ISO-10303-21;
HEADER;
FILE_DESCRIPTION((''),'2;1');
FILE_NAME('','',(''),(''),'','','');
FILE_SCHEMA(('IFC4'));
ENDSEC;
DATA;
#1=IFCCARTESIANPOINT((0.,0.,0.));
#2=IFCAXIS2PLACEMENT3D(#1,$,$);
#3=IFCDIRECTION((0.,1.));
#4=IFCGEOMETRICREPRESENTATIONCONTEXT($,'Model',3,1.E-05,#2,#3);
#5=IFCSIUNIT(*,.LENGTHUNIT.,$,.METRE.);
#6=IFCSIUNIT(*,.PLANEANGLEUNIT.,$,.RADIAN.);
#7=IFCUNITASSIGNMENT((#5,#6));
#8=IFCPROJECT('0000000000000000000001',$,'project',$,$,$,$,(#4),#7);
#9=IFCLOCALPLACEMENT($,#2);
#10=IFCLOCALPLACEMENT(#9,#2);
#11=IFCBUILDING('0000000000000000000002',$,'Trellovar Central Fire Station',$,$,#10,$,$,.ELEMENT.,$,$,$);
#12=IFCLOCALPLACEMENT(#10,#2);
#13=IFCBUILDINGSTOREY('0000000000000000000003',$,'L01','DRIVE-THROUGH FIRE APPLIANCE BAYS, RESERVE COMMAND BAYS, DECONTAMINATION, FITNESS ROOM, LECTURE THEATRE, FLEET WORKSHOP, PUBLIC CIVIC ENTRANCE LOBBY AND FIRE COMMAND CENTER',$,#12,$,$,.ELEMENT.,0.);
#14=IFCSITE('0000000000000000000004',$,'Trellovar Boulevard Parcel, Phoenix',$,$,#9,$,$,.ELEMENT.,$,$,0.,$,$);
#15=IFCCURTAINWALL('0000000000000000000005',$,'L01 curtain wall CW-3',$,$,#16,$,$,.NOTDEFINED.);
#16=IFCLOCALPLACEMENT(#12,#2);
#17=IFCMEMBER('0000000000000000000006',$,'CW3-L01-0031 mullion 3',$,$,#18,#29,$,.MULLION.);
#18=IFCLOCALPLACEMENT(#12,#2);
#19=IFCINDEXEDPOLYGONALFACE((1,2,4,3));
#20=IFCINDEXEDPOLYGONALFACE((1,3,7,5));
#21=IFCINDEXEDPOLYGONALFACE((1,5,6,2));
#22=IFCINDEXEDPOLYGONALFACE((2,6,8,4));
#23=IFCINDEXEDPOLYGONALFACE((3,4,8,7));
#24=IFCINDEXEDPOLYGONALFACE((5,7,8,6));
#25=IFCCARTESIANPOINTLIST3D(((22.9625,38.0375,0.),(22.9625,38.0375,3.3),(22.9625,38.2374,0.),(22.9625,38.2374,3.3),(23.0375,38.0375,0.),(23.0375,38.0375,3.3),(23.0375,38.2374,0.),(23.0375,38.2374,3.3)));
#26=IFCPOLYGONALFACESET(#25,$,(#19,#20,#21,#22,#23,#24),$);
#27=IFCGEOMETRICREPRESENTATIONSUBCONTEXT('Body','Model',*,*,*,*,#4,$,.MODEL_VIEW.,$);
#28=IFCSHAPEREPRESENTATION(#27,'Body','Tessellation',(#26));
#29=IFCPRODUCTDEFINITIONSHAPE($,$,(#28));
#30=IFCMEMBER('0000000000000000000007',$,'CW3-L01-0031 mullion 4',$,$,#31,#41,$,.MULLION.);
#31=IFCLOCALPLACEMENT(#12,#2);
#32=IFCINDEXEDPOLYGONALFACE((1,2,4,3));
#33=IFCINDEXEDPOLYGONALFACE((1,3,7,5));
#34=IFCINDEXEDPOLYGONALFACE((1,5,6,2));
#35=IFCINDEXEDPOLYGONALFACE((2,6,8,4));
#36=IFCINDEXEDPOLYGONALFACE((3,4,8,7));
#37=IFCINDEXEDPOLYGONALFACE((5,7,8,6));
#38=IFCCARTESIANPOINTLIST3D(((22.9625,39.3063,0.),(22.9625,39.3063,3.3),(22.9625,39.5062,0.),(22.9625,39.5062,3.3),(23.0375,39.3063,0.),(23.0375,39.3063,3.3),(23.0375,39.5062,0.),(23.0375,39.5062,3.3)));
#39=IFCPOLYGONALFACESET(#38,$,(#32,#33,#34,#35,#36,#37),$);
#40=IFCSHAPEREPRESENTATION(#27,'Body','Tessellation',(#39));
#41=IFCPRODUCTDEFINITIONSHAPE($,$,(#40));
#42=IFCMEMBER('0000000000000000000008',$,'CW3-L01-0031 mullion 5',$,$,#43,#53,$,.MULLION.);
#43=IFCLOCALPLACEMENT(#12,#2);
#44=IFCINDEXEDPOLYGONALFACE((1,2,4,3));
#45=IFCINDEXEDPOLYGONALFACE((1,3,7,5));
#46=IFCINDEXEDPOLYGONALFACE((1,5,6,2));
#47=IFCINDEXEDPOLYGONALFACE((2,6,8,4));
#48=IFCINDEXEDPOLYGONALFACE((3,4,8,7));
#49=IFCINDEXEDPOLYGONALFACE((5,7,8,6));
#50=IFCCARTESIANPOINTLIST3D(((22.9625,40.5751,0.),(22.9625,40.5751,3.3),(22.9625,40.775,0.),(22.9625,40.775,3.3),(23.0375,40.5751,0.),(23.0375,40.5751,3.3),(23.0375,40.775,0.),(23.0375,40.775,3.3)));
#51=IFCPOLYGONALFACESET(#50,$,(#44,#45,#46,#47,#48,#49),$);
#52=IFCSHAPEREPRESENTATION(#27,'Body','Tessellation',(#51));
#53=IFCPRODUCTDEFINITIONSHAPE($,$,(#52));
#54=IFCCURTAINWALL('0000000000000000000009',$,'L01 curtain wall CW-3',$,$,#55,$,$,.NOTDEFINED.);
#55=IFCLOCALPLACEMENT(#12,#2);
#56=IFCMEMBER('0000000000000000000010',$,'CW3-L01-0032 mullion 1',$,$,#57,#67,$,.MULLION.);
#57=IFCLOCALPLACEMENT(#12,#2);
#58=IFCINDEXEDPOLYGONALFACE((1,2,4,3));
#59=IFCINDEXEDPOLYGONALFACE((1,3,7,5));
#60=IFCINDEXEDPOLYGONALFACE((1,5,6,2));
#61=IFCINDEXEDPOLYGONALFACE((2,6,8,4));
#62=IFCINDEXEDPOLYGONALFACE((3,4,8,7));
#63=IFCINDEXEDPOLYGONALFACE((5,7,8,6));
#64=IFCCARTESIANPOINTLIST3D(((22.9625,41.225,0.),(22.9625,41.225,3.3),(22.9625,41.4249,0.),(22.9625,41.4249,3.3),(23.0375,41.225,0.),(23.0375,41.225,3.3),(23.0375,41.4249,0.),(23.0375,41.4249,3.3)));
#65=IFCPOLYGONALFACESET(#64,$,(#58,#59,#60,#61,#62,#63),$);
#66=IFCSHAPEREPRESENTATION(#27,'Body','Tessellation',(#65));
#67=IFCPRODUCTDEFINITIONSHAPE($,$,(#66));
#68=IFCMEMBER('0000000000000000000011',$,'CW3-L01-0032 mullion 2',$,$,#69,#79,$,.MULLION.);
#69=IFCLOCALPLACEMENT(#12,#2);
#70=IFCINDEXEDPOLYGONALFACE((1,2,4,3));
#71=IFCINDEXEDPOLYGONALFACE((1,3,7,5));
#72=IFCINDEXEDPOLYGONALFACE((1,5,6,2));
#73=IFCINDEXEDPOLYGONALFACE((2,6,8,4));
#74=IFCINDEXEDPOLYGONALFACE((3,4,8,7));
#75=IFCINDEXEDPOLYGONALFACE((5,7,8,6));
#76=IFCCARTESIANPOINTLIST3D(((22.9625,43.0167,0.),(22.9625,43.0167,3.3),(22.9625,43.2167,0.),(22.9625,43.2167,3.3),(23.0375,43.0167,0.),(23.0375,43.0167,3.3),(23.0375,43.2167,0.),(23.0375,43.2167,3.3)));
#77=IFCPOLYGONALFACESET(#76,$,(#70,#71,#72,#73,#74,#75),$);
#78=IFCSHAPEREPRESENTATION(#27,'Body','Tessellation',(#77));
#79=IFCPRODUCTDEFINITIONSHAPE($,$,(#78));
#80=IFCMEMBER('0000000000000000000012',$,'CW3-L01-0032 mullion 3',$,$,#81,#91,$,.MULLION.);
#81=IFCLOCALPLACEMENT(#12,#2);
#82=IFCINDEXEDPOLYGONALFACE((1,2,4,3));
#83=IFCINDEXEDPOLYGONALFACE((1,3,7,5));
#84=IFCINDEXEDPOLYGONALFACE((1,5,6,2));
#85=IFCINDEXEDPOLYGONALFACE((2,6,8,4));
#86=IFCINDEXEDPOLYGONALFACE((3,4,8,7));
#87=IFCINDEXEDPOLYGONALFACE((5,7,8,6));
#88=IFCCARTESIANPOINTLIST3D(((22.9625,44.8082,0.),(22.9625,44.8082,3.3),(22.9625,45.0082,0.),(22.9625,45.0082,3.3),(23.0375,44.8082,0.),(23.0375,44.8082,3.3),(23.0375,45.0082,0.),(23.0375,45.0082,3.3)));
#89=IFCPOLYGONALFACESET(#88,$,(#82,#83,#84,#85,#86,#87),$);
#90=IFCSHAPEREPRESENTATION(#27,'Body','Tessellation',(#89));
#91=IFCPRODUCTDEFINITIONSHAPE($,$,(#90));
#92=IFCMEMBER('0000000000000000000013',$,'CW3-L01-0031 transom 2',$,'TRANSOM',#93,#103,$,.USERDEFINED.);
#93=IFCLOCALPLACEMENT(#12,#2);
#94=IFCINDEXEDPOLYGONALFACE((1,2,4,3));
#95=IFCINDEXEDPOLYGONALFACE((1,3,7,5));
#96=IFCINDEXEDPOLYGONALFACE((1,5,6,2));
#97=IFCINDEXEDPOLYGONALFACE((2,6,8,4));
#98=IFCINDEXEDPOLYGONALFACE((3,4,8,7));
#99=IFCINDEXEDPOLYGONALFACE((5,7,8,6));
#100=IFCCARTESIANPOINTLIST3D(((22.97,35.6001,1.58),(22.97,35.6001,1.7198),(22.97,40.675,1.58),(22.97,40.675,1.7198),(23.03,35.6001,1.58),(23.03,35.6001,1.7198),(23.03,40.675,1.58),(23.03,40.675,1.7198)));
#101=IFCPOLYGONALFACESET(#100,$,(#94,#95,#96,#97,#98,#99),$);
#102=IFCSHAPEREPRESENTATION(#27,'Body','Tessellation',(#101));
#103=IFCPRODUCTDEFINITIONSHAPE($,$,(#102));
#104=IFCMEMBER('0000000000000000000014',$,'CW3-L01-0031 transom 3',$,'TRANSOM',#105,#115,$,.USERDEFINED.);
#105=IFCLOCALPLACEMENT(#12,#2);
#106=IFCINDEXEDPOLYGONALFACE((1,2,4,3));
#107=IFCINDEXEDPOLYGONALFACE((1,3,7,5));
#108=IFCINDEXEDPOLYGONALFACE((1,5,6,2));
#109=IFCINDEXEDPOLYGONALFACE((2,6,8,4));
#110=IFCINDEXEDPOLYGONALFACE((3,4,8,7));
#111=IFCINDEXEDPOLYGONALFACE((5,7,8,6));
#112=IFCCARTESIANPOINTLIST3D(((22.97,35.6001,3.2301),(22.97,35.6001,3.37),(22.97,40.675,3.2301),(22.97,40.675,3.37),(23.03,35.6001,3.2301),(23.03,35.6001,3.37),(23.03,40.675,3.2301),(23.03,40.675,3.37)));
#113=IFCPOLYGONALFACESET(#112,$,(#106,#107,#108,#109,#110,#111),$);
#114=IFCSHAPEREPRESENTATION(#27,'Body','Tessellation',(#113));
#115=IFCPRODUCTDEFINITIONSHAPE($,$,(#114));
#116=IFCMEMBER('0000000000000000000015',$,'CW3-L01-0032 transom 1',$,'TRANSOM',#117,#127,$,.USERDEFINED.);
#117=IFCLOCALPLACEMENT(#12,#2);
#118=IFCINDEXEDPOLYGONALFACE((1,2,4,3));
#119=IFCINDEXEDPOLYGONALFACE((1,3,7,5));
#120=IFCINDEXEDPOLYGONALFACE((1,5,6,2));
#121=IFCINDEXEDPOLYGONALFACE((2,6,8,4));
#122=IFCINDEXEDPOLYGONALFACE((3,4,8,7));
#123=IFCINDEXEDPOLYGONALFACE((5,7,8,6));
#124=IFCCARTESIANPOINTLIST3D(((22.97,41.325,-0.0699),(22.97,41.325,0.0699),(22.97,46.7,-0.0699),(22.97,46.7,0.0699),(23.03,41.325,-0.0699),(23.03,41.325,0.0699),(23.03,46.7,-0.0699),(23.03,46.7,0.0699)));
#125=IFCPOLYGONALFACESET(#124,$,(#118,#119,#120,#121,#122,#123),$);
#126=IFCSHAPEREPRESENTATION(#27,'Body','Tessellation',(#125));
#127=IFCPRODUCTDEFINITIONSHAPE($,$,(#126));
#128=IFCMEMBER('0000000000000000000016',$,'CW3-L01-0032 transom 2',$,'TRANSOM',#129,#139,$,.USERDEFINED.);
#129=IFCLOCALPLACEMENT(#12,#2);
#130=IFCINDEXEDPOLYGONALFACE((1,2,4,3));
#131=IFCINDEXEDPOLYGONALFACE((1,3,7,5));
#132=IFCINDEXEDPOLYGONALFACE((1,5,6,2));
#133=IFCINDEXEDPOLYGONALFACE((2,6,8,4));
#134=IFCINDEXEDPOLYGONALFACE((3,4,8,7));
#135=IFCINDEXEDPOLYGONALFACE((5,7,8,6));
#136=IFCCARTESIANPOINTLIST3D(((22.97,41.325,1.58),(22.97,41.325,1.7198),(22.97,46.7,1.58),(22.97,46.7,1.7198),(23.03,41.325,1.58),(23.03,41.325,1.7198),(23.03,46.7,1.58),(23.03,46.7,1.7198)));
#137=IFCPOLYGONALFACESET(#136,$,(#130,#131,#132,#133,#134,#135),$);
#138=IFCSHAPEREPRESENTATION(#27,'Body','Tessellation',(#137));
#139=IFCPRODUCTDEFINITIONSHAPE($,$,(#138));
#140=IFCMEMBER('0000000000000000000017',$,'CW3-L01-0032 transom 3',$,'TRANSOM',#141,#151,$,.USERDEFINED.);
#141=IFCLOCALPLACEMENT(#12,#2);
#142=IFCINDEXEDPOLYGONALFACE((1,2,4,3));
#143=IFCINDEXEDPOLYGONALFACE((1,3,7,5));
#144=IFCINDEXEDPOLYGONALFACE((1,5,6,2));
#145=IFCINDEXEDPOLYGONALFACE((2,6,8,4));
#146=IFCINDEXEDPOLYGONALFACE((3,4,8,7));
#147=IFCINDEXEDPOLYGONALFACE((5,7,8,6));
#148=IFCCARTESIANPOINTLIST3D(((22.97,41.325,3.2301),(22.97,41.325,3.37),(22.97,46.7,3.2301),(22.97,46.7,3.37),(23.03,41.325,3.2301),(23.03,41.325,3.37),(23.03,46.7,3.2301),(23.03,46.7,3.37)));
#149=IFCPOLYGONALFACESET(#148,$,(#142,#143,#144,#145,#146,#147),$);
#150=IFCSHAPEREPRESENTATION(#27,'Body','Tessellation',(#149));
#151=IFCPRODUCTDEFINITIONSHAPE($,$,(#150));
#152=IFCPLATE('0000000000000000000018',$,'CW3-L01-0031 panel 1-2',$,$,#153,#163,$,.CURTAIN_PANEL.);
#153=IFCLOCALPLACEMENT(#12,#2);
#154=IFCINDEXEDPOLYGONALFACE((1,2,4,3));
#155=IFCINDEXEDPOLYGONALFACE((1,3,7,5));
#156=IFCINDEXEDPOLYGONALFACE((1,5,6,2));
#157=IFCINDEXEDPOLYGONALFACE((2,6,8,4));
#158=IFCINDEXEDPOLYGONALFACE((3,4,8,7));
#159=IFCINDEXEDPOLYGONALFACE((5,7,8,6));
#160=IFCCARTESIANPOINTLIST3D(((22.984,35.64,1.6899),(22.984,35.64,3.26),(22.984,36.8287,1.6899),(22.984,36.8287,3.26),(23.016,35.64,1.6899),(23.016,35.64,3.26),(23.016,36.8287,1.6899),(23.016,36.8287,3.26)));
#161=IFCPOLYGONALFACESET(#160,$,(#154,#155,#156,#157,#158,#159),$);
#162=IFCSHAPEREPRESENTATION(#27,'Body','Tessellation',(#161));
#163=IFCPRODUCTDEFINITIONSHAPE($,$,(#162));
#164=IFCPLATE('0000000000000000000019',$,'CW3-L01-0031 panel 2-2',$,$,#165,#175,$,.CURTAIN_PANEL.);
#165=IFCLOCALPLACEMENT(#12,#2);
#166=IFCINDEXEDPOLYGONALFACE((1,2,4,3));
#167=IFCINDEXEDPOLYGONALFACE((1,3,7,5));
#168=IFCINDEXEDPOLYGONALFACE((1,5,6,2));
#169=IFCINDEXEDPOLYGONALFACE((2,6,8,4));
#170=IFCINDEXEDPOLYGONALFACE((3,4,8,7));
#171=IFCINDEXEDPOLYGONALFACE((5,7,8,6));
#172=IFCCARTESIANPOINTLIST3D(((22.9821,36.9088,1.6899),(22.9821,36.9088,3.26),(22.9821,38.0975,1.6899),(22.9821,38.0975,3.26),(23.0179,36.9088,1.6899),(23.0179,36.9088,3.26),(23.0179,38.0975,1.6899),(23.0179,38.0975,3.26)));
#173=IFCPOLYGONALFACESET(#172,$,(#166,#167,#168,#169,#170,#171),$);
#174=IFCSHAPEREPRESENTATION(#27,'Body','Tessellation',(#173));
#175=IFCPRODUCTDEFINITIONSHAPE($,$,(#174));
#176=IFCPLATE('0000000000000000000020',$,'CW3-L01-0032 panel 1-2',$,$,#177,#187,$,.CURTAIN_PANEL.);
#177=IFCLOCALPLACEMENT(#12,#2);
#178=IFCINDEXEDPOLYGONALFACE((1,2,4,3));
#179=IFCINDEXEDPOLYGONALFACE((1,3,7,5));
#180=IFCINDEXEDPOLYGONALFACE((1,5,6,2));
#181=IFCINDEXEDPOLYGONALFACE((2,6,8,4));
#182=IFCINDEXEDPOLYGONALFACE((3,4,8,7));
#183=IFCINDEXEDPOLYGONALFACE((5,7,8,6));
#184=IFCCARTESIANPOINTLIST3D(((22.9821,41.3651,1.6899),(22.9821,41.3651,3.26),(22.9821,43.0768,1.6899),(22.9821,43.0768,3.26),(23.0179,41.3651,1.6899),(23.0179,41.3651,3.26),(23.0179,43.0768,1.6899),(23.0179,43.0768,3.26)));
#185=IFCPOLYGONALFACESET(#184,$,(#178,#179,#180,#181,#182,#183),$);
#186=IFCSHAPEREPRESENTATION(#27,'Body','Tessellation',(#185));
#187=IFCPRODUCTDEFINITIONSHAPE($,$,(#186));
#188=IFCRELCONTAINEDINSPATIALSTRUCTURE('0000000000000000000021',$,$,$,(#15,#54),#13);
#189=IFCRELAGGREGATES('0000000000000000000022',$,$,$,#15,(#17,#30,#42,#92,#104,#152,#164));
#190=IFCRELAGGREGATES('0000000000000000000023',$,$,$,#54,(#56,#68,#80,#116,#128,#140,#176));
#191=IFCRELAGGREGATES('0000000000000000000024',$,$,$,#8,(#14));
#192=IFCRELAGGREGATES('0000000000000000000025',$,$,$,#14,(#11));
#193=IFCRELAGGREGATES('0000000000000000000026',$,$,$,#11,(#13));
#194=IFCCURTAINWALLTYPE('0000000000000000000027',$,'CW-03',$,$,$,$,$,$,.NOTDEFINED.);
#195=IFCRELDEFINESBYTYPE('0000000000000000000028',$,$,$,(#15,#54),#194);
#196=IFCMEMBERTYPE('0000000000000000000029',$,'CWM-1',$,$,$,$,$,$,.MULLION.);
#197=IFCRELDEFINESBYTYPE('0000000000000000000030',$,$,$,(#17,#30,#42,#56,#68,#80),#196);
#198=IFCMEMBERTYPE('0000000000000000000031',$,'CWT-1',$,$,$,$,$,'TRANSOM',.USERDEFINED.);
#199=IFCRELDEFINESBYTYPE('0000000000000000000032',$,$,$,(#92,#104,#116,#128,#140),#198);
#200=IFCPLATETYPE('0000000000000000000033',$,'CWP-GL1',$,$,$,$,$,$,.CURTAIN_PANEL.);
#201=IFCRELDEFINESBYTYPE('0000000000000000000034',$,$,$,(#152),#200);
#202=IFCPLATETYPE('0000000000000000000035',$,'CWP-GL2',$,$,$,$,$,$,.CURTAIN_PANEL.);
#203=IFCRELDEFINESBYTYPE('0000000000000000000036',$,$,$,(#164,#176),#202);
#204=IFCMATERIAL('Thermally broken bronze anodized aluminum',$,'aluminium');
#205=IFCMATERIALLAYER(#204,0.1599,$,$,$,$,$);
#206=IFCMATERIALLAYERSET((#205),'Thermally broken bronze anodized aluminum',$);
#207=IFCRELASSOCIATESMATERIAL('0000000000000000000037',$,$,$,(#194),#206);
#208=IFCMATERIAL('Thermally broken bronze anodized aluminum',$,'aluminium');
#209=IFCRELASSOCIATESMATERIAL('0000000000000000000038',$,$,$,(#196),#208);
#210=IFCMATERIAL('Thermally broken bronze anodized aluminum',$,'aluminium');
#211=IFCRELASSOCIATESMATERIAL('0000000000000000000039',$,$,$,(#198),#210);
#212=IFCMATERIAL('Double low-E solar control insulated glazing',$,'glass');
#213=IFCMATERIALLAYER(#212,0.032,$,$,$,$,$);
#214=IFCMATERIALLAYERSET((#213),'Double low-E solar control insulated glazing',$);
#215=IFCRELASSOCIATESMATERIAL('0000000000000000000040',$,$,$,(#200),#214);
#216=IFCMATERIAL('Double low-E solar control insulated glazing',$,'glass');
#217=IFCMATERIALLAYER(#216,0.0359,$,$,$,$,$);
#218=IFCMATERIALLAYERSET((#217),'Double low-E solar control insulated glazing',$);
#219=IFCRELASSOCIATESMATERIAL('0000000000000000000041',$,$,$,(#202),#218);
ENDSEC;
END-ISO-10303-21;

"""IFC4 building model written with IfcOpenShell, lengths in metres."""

from ifc_helpers import new_model, si_unit, direction, frame, origin, origin_2d, place, context, subcontext, project, spatial, rectangle, extrude, material, layer, layer_set, material_profile, profile_set, type_object, element, aggregate, save


model = new_model("IFC4")

# Units and contexts
model_context = context("Model", 3, precision=1e-05, world=origin(), true_north=direction((0.0, 1.0)))
body_context = subcontext(model_context, "Body", "Model", "MODEL_VIEW")
ifc_project = project(units=[si_unit("LENGTHUNIT", "METRE"), si_unit("PLANEANGLEUNIT", "RADIAN")], contexts=[model_context])

# Site, building, storey
site_placement = place(None, origin())
site = spatial("IfcSite", under=ifc_project, at=site_placement, Name="Trellovar Boulevard Parcel, Phoenix", CompositionType="ELEMENT", RefElevation=0.0)
building_placement = place(site_placement, origin())
building = spatial("IfcBuilding", under=site, at=building_placement, Name="Trellovar Central Fire Station", CompositionType="ELEMENT")
storey_placement = place(building_placement, origin())
storey = spatial("IfcBuildingStorey", under=building, at=storey_placement, Name="L01", Description="DRIVE-THROUGH FIRE APPLIANCE BAYS, RESERVE COMMAND BAYS, DECONTAMINATION, FITNESS ROOM, LECTURE THEATRE, FLEET WORKSHOP, PUBLIC CIVIC ENTRANCE LOBBY AND FIRE COMMAND CENTER", CompositionType="ELEMENT", Elevation=0.0)

# Curtain walls, members
ifc_material_1 = material(Name="Thermally broken bronze anodized aluminum", Category="aluminium")
ifc_layer_1 = layer(ifc_material_1, 0.1599)
ifc_layer_set_1 = layer_set([ifc_layer_1], Name="Thermally broken bronze anodized aluminum")
curtain_wall_type = type_object("IfcCurtainWallType", Name="CW-03", PredefinedType="NOTDEFINED", material=ifc_layer_set_1)
curtain_wall_1_placement = place(storey_placement, origin())
curtain_wall_1 = element("IfcCurtainWall", 1, at=curtain_wall_1_placement, inside=storey, type_object=curtain_wall_type, Name="L01 curtain wall CW-3", PredefinedType="NOTDEFINED")
ifc_material_2 = material(Name="Thermally broken bronze anodized aluminum", Category="aluminium")
ifc_material_profile_1 = material_profile(ifc_material_2, rectangle(XDim=0.075, YDim=0.2, at=origin_2d()), Name="ALU75X200")
ifc_profile_set_1 = profile_set([ifc_material_profile_1], Name="Thermally broken bronze anodized aluminum")
member_type_1 = type_object("IfcMemberType", Name="CWM-1", PredefinedType="MULLION", material=ifc_profile_set_1)
member_1_placement = place(storey_placement, frame((23.0, 38.1375, 0.0), z_axis=(0.0, 0.0, 1.0), x_axis=(1.0, 0.0, 0.0)))
member_1 = element("IfcMember", 2, at=member_1_placement, type_object=member_type_1, Name="CW3-L01-0031 mullion 3", PredefinedType="MULLION", context=body_context, shape_type="SweptSolid", body=[
    extrude(rectangle(XDim=0.075, YDim=0.2, at=origin_2d()), origin(), (0.0, 0.0, 1.0), 3.3),
])
member_2_placement = place(storey_placement, frame((23.0, 39.4062, 0.0), z_axis=(0.0, 0.0, 1.0), x_axis=(1.0, 0.0, 0.0)))
member_2 = element("IfcMember", 3, at=member_2_placement, type_object=member_type_1, Name="CW3-L01-0031 mullion 4", PredefinedType="MULLION", context=body_context, shape_type="SweptSolid", body=[
    extrude(rectangle(XDim=0.075, YDim=0.2, at=origin_2d()), origin(), (0.0, 0.0, 1.0), 3.3),
])
member_3_placement = place(storey_placement, frame((23.0, 40.675, 0.0), z_axis=(0.0, 0.0, 1.0), x_axis=(1.0, 0.0, 0.0)))
member_3 = element("IfcMember", 4, at=member_3_placement, type_object=member_type_1, Name="CW3-L01-0031 mullion 5", PredefinedType="MULLION", context=body_context, shape_type="SweptSolid", body=[
    extrude(rectangle(XDim=0.075, YDim=0.2, at=origin_2d()), origin(), (0.0, 0.0, 1.0), 3.3),
])
curtain_wall_2_placement = place(storey_placement, origin())
curtain_wall_2 = element("IfcCurtainWall", 5, at=curtain_wall_2_placement, inside=storey, type_object=curtain_wall_type, Name="L01 curtain wall CW-3", PredefinedType="NOTDEFINED")
member_4_placement = place(storey_placement, frame((23.0, 41.325, 0.0), z_axis=(0.0, 0.0, 1.0), x_axis=(1.0, 0.0, 0.0)))
member_4 = element("IfcMember", 6, at=member_4_placement, type_object=member_type_1, Name="CW3-L01-0032 mullion 1", PredefinedType="MULLION", context=body_context, shape_type="SweptSolid", body=[
    extrude(rectangle(XDim=0.075, YDim=0.2, at=origin_2d()), origin(), (0.0, 0.0, 1.0), 3.3),
])
member_5_placement = place(storey_placement, frame((23.0, 43.1167, 0.0), z_axis=(0.0, 0.0, 1.0), x_axis=(1.0, 0.0, 0.0)))
member_5 = element("IfcMember", 7, at=member_5_placement, type_object=member_type_1, Name="CW3-L01-0032 mullion 2", PredefinedType="MULLION", context=body_context, shape_type="SweptSolid", body=[
    extrude(rectangle(XDim=0.075, YDim=0.2, at=origin_2d()), origin(), (0.0, 0.0, 1.0), 3.3),
])
member_6_placement = place(storey_placement, frame((23.0, 44.9082, 0.0), z_axis=(0.0, 0.0, 1.0), x_axis=(1.0, 0.0, 0.0)))
member_6 = element("IfcMember", 8, at=member_6_placement, type_object=member_type_1, Name="CW3-L01-0032 mullion 3", PredefinedType="MULLION", context=body_context, shape_type="SweptSolid", body=[
    extrude(rectangle(XDim=0.075, YDim=0.2, at=origin_2d()), origin(), (0.0, 0.0, 1.0), 3.3),
])

# Members
ifc_material_3 = material(Name="Thermally broken bronze anodized aluminum", Category="aluminium")
ifc_material_profile_2 = material_profile(ifc_material_3, rectangle(XDim=0.0601, YDim=0.1399, at=origin_2d()), Name="ALU60X140")
ifc_profile_set_2 = profile_set([ifc_material_profile_2], Name="Thermally broken bronze anodized aluminum")
member_type_2 = type_object("IfcMemberType", Name="CWT-1", ElementType="TRANSOM", PredefinedType="USERDEFINED", material=ifc_profile_set_2)
member_7_placement = place(storey_placement, frame((23.0, 35.6001, 1.6499), z_axis=(0.0, 1.0, 0.0), x_axis=(-1.0, 0.0, 0.0)))
member_7 = element("IfcMember", 9, at=member_7_placement, type_object=member_type_2, Name="CW3-L01-0031 transom 2", ObjectType="TRANSOM", PredefinedType="USERDEFINED", context=body_context, shape_type="SweptSolid", body=[
    extrude(rectangle(XDim=0.0601, YDim=0.1399, at=origin_2d()), origin(), (0.0, 0.0, 1.0), 5.075),
])
member_8_placement = place(storey_placement, frame((23.0, 35.6001, 3.3), z_axis=(0.0, 1.0, 0.0), x_axis=(-1.0, 0.0, 0.0)))
member_8 = element("IfcMember", 10, at=member_8_placement, type_object=member_type_2, Name="CW3-L01-0031 transom 3", ObjectType="TRANSOM", PredefinedType="USERDEFINED", context=body_context, shape_type="SweptSolid", body=[
    extrude(rectangle(XDim=0.0601, YDim=0.1399, at=origin_2d()), origin(), (0.0, 0.0, 1.0), 5.075),
])
member_9_placement = place(storey_placement, frame((23.0, 41.325, 0.0), z_axis=(0.0, 1.0, 0.0), x_axis=(-1.0, 0.0, 0.0)))
member_9 = element("IfcMember", 11, at=member_9_placement, type_object=member_type_2, Name="CW3-L01-0032 transom 1", ObjectType="TRANSOM", PredefinedType="USERDEFINED", context=body_context, shape_type="SweptSolid", body=[
    extrude(rectangle(XDim=0.0601, YDim=0.1399, at=origin_2d()), origin(), (0.0, 0.0, 1.0), 5.375),
])
member_10_placement = place(storey_placement, frame((23.0, 41.325, 1.6499), z_axis=(0.0, 1.0, 0.0), x_axis=(-1.0, 0.0, 0.0)))
member_10 = element("IfcMember", 12, at=member_10_placement, type_object=member_type_2, Name="CW3-L01-0032 transom 2", ObjectType="TRANSOM", PredefinedType="USERDEFINED", context=body_context, shape_type="SweptSolid", body=[
    extrude(rectangle(XDim=0.0601, YDim=0.1399, at=origin_2d()), origin(), (0.0, 0.0, 1.0), 5.375),
])
member_11_placement = place(storey_placement, frame((23.0, 41.325, 3.3), z_axis=(0.0, 1.0, 0.0), x_axis=(-1.0, 0.0, 0.0)))
member_11 = element("IfcMember", 13, at=member_11_placement, type_object=member_type_2, Name="CW3-L01-0032 transom 3", ObjectType="TRANSOM", PredefinedType="USERDEFINED", context=body_context, shape_type="SweptSolid", body=[
    extrude(rectangle(XDim=0.0601, YDim=0.1399, at=origin_2d()), origin(), (0.0, 0.0, 1.0), 5.375),
])

# Plates
ifc_material_4 = material(Name="Double low-E solar control insulated glazing", Category="glass")
ifc_layer_2 = layer(ifc_material_4, 0.032)
ifc_layer_set_2 = layer_set([ifc_layer_2], Name="Double low-E solar control insulated glazing")
plate_type_1 = type_object("IfcPlateType", Name="CWP-GL1", PredefinedType="CURTAIN_PANEL", material=ifc_layer_set_2)
plate_1_placement = place(storey_placement, frame((23.0, 36.2344, 1.6899), z_axis=(0.0, 0.0, 1.0), x_axis=(0.0, 1.0, 0.0)))
plate_1 = element("IfcPlate", 14, at=plate_1_placement, type_object=plate_type_1, Name="CW3-L01-0031 panel 1-2", PredefinedType="CURTAIN_PANEL", context=body_context, shape_type="SweptSolid", body=[
    extrude(rectangle(XDim=1.1887, YDim=0.032, at=origin_2d()), origin(), (0.0, 0.0, 1.0), 1.5701),
])
ifc_material_5 = material(Name="Double low-E solar control insulated glazing", Category="glass")
ifc_layer_3 = layer(ifc_material_5, 0.0359)
ifc_layer_set_3 = layer_set([ifc_layer_3], Name="Double low-E solar control insulated glazing")
plate_type_2 = type_object("IfcPlateType", Name="CWP-GL2", PredefinedType="CURTAIN_PANEL", material=ifc_layer_set_3)
plate_2_placement = place(storey_placement, frame((23.0, 37.5032, 1.6899), z_axis=(0.0, 0.0, 1.0), x_axis=(0.0, 1.0, 0.0)))
plate_2 = element("IfcPlate", 15, at=plate_2_placement, type_object=plate_type_2, Name="CW3-L01-0031 panel 2-2", PredefinedType="CURTAIN_PANEL", context=body_context, shape_type="SweptSolid", body=[
    extrude(rectangle(XDim=1.1887, YDim=0.0359, at=origin_2d()), origin(), (0.0, 0.0, 1.0), 1.5701),
])
plate_3_placement = place(storey_placement, frame((23.0, 42.2209, 1.6899), z_axis=(0.0, 0.0, 1.0), x_axis=(0.0, 1.0, 0.0)))
plate_3 = element("IfcPlate", 16, at=plate_3_placement, type_object=plate_type_2, Name="CW3-L01-0032 panel 1-2", PredefinedType="CURTAIN_PANEL", context=body_context, shape_type="SweptSolid", body=[
    extrude(rectangle(XDim=1.7117, YDim=0.0359, at=origin_2d()), origin(), (0.0, 0.0, 1.0), 1.5701),
])
aggregate(curtain_wall_1, [member_1, member_2, member_3, member_7, member_8, plate_1, plate_2])
aggregate(curtain_wall_2, [member_4, member_5, member_6, member_9, member_10, member_11, plate_3])

save(model, "model.ifc")
